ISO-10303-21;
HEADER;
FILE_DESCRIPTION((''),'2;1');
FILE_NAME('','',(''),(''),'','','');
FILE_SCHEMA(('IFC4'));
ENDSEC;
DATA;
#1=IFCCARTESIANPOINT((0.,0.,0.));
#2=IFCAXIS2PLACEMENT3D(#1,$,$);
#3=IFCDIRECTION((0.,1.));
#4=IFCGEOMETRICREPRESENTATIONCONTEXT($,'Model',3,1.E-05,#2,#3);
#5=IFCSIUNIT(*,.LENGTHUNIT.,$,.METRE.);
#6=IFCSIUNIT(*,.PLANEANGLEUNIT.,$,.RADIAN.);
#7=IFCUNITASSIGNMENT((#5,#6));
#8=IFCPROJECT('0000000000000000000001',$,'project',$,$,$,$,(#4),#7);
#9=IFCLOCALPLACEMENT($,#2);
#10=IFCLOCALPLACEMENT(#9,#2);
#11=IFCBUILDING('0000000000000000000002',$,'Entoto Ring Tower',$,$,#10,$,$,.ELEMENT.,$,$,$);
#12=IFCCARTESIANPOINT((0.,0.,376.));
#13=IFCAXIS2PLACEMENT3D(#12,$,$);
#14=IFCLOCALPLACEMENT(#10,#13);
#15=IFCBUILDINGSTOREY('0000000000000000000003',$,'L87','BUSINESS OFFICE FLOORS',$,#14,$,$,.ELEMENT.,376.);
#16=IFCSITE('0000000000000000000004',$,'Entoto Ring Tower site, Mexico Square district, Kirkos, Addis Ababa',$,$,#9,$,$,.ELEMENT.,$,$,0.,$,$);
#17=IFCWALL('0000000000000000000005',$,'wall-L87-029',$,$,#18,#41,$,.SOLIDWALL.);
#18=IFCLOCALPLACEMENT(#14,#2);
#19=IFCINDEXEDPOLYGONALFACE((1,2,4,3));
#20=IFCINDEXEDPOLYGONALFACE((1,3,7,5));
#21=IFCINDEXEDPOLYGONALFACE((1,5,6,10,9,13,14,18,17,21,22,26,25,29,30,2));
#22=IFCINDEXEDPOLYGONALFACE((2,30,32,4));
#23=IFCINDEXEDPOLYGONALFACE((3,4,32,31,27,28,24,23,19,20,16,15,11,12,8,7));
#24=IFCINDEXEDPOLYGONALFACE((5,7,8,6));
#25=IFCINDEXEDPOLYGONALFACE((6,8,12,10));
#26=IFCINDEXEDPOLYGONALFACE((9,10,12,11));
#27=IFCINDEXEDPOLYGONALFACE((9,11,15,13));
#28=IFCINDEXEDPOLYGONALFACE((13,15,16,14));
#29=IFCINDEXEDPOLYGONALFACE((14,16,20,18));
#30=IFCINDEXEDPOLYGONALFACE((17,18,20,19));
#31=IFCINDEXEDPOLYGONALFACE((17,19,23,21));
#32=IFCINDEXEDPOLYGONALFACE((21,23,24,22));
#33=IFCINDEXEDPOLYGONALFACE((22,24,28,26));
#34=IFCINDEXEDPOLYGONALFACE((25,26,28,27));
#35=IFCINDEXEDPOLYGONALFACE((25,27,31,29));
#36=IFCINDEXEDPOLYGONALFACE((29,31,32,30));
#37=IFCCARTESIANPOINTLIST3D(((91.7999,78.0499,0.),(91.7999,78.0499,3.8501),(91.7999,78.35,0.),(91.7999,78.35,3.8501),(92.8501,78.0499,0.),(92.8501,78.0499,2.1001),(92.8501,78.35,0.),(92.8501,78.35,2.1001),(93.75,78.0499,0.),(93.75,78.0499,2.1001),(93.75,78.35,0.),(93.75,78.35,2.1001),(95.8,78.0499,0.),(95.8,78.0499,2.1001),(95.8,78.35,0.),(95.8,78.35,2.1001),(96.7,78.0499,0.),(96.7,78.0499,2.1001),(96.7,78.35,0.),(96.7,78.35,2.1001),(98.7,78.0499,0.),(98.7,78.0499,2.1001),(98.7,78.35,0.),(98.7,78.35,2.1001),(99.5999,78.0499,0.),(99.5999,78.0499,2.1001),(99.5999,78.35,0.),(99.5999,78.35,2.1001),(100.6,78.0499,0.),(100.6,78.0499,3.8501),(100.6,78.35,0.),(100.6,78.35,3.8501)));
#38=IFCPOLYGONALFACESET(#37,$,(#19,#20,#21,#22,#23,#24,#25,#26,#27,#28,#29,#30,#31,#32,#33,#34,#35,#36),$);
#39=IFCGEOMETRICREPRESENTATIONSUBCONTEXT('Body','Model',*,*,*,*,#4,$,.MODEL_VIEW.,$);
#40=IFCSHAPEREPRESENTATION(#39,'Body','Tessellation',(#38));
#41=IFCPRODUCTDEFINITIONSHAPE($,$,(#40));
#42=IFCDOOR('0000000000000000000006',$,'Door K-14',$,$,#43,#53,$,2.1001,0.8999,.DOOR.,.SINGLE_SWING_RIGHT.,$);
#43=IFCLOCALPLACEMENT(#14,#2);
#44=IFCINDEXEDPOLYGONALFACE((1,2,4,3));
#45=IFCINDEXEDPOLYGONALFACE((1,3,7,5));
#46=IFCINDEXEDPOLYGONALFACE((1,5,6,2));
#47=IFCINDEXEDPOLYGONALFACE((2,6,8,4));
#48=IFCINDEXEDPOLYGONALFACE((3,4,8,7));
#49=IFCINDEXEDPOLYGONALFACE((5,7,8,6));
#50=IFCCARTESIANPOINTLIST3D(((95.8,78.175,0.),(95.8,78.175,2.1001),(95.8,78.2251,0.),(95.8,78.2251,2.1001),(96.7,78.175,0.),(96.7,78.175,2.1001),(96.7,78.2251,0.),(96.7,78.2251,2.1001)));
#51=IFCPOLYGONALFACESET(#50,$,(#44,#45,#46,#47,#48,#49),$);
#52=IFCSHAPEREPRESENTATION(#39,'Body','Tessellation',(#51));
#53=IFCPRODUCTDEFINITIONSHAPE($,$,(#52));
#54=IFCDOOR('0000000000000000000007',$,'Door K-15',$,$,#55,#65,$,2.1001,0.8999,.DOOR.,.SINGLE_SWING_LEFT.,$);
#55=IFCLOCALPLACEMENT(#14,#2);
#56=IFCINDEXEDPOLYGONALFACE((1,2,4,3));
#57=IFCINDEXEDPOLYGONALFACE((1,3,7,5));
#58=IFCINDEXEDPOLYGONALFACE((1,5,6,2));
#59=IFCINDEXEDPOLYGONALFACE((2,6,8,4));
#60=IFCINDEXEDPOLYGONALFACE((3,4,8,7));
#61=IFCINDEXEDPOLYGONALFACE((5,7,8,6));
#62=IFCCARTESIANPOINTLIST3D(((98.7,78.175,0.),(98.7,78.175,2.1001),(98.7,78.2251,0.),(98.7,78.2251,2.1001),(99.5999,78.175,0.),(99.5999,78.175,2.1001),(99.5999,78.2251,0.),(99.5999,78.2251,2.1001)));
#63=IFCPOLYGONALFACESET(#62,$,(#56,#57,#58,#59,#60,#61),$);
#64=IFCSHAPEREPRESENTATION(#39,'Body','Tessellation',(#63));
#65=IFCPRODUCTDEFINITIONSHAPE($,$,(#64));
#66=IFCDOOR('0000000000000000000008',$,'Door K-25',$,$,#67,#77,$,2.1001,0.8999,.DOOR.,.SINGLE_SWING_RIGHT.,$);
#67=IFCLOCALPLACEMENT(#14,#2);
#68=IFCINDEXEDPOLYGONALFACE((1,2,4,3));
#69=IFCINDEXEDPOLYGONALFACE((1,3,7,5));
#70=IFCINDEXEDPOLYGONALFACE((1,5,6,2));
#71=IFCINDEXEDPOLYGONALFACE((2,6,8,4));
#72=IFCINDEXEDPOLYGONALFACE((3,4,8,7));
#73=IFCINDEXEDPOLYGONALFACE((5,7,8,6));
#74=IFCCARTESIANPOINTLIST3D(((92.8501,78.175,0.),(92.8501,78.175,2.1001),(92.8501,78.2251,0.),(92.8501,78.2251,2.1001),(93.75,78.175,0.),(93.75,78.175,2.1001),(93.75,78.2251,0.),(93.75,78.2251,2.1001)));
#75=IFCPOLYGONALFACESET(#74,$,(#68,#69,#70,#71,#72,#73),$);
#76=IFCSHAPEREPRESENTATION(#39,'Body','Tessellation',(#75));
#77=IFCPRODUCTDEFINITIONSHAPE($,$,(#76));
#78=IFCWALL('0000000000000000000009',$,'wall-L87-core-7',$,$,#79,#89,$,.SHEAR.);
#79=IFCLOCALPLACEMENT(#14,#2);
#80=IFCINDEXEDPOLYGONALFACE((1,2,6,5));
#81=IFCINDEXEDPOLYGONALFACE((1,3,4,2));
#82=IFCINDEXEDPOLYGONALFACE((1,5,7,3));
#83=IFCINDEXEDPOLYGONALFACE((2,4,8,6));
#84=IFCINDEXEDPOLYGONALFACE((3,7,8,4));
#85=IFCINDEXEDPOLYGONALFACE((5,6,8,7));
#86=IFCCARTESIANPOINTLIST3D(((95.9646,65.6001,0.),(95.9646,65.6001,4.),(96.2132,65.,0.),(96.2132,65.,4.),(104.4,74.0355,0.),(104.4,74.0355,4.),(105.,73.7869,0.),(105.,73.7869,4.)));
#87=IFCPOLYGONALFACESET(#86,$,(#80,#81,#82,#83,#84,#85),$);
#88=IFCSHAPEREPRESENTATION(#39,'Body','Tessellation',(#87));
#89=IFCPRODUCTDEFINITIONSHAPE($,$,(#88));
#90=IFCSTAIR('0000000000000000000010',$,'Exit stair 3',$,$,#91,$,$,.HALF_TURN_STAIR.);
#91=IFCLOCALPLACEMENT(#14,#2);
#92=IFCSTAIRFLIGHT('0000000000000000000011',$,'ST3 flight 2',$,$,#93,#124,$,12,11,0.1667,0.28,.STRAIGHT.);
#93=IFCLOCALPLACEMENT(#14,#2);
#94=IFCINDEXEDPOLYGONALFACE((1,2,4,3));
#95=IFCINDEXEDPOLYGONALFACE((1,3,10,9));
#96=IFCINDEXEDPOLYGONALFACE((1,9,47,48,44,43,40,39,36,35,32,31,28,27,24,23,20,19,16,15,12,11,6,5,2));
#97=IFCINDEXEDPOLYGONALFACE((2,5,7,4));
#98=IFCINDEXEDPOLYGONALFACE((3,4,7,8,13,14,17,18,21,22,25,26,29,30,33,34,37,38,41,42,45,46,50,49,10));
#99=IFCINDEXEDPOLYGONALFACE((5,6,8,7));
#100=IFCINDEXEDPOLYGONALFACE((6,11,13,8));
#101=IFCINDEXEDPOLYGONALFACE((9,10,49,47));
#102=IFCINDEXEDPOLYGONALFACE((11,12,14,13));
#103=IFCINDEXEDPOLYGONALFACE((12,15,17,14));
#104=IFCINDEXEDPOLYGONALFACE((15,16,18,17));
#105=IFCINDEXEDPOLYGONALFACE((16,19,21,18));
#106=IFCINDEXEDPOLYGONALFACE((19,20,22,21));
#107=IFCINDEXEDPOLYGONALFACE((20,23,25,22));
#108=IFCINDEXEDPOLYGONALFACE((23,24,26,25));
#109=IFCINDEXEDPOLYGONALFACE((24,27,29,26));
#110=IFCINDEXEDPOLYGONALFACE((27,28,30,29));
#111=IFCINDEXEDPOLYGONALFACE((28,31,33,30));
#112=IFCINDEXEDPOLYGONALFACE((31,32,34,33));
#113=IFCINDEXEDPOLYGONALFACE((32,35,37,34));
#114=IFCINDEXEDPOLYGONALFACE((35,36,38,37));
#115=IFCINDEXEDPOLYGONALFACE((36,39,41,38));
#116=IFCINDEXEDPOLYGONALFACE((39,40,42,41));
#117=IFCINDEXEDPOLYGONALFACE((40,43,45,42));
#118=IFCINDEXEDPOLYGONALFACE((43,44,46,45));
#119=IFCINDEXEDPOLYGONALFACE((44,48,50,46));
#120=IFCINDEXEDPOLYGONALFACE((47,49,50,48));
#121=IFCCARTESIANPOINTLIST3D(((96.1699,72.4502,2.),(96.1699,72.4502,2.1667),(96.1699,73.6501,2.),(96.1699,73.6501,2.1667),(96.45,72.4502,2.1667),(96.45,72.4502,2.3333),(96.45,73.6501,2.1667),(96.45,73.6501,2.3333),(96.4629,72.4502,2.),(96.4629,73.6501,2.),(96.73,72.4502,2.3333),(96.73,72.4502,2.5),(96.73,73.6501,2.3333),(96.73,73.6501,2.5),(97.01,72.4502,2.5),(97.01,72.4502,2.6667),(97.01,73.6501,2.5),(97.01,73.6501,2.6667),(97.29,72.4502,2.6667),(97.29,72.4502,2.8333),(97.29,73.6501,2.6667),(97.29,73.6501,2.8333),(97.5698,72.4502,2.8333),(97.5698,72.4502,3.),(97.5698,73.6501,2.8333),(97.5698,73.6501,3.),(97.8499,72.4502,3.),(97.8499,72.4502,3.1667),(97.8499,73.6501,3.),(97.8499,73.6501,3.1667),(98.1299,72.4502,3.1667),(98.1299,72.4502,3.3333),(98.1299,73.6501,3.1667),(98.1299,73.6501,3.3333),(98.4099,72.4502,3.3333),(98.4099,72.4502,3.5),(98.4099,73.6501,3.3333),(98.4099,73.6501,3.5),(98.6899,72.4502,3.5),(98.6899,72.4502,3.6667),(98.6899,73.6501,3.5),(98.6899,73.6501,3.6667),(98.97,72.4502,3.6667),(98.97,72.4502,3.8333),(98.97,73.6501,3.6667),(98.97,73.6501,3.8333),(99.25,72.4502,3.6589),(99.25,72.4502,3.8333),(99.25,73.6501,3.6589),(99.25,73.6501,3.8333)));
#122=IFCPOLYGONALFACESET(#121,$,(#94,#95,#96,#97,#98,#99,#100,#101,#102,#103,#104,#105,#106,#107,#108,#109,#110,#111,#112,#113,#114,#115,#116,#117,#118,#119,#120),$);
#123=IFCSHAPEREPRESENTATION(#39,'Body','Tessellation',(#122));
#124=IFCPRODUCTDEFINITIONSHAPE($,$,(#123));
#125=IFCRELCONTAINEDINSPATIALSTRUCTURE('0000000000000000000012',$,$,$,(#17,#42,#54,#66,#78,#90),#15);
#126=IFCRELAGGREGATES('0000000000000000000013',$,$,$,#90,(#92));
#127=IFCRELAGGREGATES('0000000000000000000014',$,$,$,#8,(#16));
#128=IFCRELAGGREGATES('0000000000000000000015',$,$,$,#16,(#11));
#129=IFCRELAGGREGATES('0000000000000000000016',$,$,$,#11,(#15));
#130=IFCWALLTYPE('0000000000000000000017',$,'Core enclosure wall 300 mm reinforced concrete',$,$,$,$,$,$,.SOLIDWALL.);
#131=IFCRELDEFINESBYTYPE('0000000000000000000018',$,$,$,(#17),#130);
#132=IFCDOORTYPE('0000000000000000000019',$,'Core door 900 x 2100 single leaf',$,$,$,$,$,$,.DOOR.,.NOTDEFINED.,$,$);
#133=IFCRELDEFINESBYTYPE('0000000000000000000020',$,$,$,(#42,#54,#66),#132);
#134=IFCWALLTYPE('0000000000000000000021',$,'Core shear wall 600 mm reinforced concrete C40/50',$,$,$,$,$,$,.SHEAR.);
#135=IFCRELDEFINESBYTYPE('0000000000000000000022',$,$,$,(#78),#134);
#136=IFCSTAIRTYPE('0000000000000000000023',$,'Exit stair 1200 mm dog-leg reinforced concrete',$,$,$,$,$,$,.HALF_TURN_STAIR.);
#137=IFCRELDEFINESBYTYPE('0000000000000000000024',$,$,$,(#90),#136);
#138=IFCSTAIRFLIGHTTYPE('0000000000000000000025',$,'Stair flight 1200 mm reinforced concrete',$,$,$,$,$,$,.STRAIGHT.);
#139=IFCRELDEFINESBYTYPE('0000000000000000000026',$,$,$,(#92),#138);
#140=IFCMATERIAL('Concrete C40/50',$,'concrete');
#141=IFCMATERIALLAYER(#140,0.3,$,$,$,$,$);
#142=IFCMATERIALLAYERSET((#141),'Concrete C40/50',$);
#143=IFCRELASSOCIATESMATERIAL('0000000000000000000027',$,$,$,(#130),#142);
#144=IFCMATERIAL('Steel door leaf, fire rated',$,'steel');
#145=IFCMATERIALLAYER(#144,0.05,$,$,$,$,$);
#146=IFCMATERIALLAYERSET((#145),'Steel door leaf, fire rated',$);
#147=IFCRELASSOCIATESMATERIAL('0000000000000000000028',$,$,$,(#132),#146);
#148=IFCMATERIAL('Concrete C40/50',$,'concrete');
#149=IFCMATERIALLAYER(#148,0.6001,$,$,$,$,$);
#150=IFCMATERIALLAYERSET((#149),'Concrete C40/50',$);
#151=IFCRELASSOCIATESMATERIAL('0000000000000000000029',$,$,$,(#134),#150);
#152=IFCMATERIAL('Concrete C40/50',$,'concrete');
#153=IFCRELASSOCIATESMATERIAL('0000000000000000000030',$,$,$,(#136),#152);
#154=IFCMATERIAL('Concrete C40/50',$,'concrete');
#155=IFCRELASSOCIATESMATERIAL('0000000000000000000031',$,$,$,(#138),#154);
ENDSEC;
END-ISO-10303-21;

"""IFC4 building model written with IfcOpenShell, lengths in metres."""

from ifc_helpers import new_model, si_unit, direction, frame, frame_2d, origin, place, context, subcontext, project, spatial, polyline, rectangle, outline, extrude, material, layer, layer_set, type_object, element, fill, aggregate, save


model = new_model("IFC4")

# Units and contexts
model_context = context("Model", 3, precision=1e-05, world=origin(), true_north=direction((0.0, 1.0)))
body_context = subcontext(model_context, "Body", "Model", "MODEL_VIEW")
ifc_project = project(units=[si_unit("LENGTHUNIT", "METRE"), si_unit("PLANEANGLEUNIT", "RADIAN")], contexts=[model_context])

# Site, building, storey
site_placement = place(None, origin())
site = spatial("IfcSite", under=ifc_project, at=site_placement, Name="Entoto Ring Tower site, Mexico Square district, Kirkos, Addis Ababa", CompositionType="ELEMENT", RefElevation=0.0)
building_placement = place(site_placement, origin())
building = spatial("IfcBuilding", under=site, at=building_placement, Name="Entoto Ring Tower", CompositionType="ELEMENT")
storey_placement = place(building_placement, frame((0.0, 0.0, 376.0)))
storey = spatial("IfcBuildingStorey", under=building, at=storey_placement, Name="L87", Description="BUSINESS OFFICE FLOORS", CompositionType="ELEMENT", Elevation=376.0)

# Shared definitions
ifc_material_1 = material(Name="Concrete C40/50", Category="concrete")
ifc_layer_1 = layer(ifc_material_1, 0.3)
ifc_layer_set_1 = layer_set([ifc_layer_1], Name="Concrete C40/50")
wall_type_1 = type_object("IfcWallType", Name="Core enclosure wall 300 mm reinforced concrete", PredefinedType="SOLIDWALL", material=ifc_layer_set_1)

# Shared definitions
ifc_material_2 = material(Name="Steel door leaf, fire rated", Category="steel")
ifc_layer_2 = layer(ifc_material_2, 0.05)
ifc_layer_set_2 = layer_set([ifc_layer_2], Name="Steel door leaf, fire rated")
door_type_1 = type_object("IfcDoorType", Name="Core door 900 x 2100 single leaf", OperationType="NOTDEFINED", PredefinedType="DOOR", material=ifc_layer_set_2)

# Wall, openings, doors
wall_1_placement = place(storey_placement, frame((91.8, 78.2, 0.0), z_axis=(0.0, 0.0, 1.0), x_axis=(1.0, 0.0, 0.0)))
wall_1 = element("IfcWall", 1, at=wall_1_placement, inside=storey, type_object=wall_type_1, Name="wall-L87-029", PredefinedType="SOLIDWALL", context=body_context, shape_type="SweptSolid", body=[
    extrude(rectangle(XDim=8.8, YDim=0.3, at=frame_2d((4.3999, 0.0))), origin(), (0.0, 0.0, 1.0), 3.8501),
])
opening_1_placement = place(wall_1_placement, frame((4.0, 0.0, 0.0)))
opening_1 = element("IfcOpeningElement", 2, at=opening_1_placement, cuts=wall_1, PredefinedType="OPENING", context=body_context, shape_type="SweptSolid", body=[
    extrude(rectangle(XDim=0.8999, YDim=2.1001, at=frame_2d((0.45, 1.05))), frame((0.0, 0.1602, 0.0), z_axis=(0.0, -1.0, 0.0), x_axis=(1.0, 0.0, 0.0)), (0.0, 0.0, 1.0), 0.3201),
])
opening_2_placement = place(wall_1_placement, frame((6.8999, 0.0, 0.0)))
opening_2 = element("IfcOpeningElement", 3, at=opening_2_placement, cuts=wall_1, PredefinedType="OPENING", context=body_context, shape_type="SweptSolid", body=[
    extrude(rectangle(XDim=0.8999, YDim=2.1001, at=frame_2d((0.45, 1.05))), frame((0.0, 0.1602, 0.0), z_axis=(0.0, -1.0, 0.0), x_axis=(1.0, 0.0, 0.0)), (0.0, 0.0, 1.0), 0.3201),
])
opening_3_placement = place(wall_1_placement, frame((1.05, 0.0, 0.0)))
opening_3 = element("IfcOpeningElement", 4, at=opening_3_placement, cuts=wall_1, PredefinedType="OPENING", context=body_context, shape_type="SweptSolid", body=[
    extrude(rectangle(XDim=0.8999, YDim=2.1001, at=frame_2d((0.45, 1.05))), frame((0.0, 0.1602, 0.0), z_axis=(0.0, -1.0, 0.0), x_axis=(1.0, 0.0, 0.0)), (0.0, 0.0, 1.0), 0.3201),
])
door_1_placement = place(opening_1_placement, frame((0.8999, 0.0, 0.0), z_axis=(0.0, 0.0, 1.0), x_axis=(-1.0, 0.0, 0.0)))
door_1 = element("IfcDoor", 5, at=door_1_placement, inside=storey, type_object=door_type_1, Name="Door K-14", OperationType="SINGLE_SWING_RIGHT", OverallHeight=2.1001, OverallWidth=0.8999, PredefinedType="DOOR", context=body_context, shape_type="SweptSolid", body=[
    extrude(rectangle(XDim=0.8999, YDim=2.1001, at=frame_2d((0.45, 1.05))), frame((0.0, 0.0249, 0.0), z_axis=(0.0, -1.0, 0.0), x_axis=(1.0, 0.0, 0.0)), (0.0, 0.0, 1.0), 0.05),
])
fill(opening_1, door_1)
door_2_placement = place(opening_2_placement, frame((0.8999, 0.0, 0.0), z_axis=(0.0, 0.0, 1.0), x_axis=(-1.0, 0.0, 0.0)))
door_2 = element("IfcDoor", 6, at=door_2_placement, inside=storey, type_object=door_type_1, Name="Door K-15", OperationType="SINGLE_SWING_LEFT", OverallHeight=2.1001, OverallWidth=0.8999, PredefinedType="DOOR", context=body_context, shape_type="SweptSolid", body=[
    extrude(rectangle(XDim=0.8999, YDim=2.1001, at=frame_2d((0.45, 1.05))), frame((0.0, 0.0249, 0.0), z_axis=(0.0, -1.0, 0.0), x_axis=(1.0, 0.0, 0.0)), (0.0, 0.0, 1.0), 0.05),
])
fill(opening_2, door_2)
door_3_placement = place(opening_3_placement, frame((0.8999, 0.0, 0.0), z_axis=(0.0, 0.0, 1.0), x_axis=(-1.0, 0.0, 0.0)))
door_3 = element("IfcDoor", 7, at=door_3_placement, inside=storey, type_object=door_type_1, Name="Door K-25", OperationType="SINGLE_SWING_RIGHT", OverallHeight=2.1001, OverallWidth=0.8999, PredefinedType="DOOR", context=body_context, shape_type="SweptSolid", body=[
    extrude(rectangle(XDim=0.8999, YDim=2.1001, at=frame_2d((0.45, 1.05))), frame((0.0, 0.0249, 0.0), z_axis=(0.0, -1.0, 0.0), x_axis=(1.0, 0.0, 0.0)), (0.0, 0.0, 1.0), 0.05),
])
fill(opening_3, door_3)

# Wall
ifc_material_3 = material(Name="Concrete C40/50", Category="concrete")
ifc_layer_3 = layer(ifc_material_3, 0.6001)
ifc_layer_set_3 = layer_set([ifc_layer_3], Name="Concrete C40/50")
wall_type_2 = type_object("IfcWallType", Name="Core shear wall 600 mm reinforced concrete C40/50", PredefinedType="SHEAR", material=ifc_layer_set_3)
wall_2_placement = place(storey_placement, frame((96.0889, 65.3, 0.0), z_axis=(0.0, 0.0, 1.0), x_axis=(0.707107, 0.707107, 0.0)))
element("IfcWall", 8, at=wall_2_placement, inside=storey, type_object=wall_type_2, Name="wall-L87-core-7", PredefinedType="SHEAR", context=body_context, shape_type="SweptSolid", body=[
    extrude(outline(polyline([(-0.1243, -0.3), (12.3022, -0.3), (12.0537, 0.3), (0.1243, 0.3), (-0.1243, -0.3)])), origin(), (0.0, 0.0, 1.0), 4.0),
])

# Stair, stair flight
ifc_material_4 = material(Name="Concrete C40/50", Category="concrete")
stair_type = type_object("IfcStairType", Name="Exit stair 1200 mm dog-leg reinforced concrete", PredefinedType="HALF_TURN_STAIR", material=ifc_material_4)
stair_placement = place(storey_placement, origin())
stair = element("IfcStair", 9, at=stair_placement, inside=storey, type_object=stair_type, Name="Exit stair 3", PredefinedType="HALF_TURN_STAIR")
ifc_material_5 = material(Name="Concrete C40/50", Category="concrete")
stair_flight_type = type_object("IfcStairFlightType", Name="Stair flight 1200 mm reinforced concrete", PredefinedType="STRAIGHT", material=ifc_material_5)
stair_flight_placement = place(storey_placement, frame((96.1699, 73.05, 2.0), z_axis=(0.0, 0.0, 1.0), x_axis=(1.0, 0.0, 0.0)))
stair_flight = element("IfcStairFlight", 10, at=stair_flight_placement, type_object=stair_flight_type, Name="ST3 flight 2", NumberOfRisers=12, NumberOfTreads=11, PredefinedType="STRAIGHT", RiserHeight=0.1667, TreadLength=0.28, context=body_context, shape_type="SweptSolid", body=[
    extrude(outline(polyline([(0.0, 0.0), (0.0, 0.1667), (0.28, 0.1667), (0.28, 0.3333), (0.5601, 0.3333), (0.5601, 0.5), (0.8401, 0.5), (0.8401, 0.6667), (1.1201, 0.6667), (1.1201, 0.8333), (1.3999, 0.8333), (1.3999, 1.0), (1.6799, 1.0), (1.6799, 1.1667), (1.96, 1.1667), (1.96, 1.3333), (2.24, 1.3333), (2.24, 1.5), (2.52, 1.5), (2.52, 1.6667), (2.8, 1.6667), (2.8, 1.8333), (3.0801, 1.8333), (3.0801, 2.0), (3.0801, 1.6589), (0.293, 0.0), (0.0, 0.0)])), frame((0.0, 0.6001, 0.0), z_axis=(0.0, -1.0, 0.0), x_axis=(1.0, 0.0, 0.0)), (0.0, 0.0, 1.0), 1.2),
])
aggregate(stair, [stair_flight])

save(model, "model.ifc")
